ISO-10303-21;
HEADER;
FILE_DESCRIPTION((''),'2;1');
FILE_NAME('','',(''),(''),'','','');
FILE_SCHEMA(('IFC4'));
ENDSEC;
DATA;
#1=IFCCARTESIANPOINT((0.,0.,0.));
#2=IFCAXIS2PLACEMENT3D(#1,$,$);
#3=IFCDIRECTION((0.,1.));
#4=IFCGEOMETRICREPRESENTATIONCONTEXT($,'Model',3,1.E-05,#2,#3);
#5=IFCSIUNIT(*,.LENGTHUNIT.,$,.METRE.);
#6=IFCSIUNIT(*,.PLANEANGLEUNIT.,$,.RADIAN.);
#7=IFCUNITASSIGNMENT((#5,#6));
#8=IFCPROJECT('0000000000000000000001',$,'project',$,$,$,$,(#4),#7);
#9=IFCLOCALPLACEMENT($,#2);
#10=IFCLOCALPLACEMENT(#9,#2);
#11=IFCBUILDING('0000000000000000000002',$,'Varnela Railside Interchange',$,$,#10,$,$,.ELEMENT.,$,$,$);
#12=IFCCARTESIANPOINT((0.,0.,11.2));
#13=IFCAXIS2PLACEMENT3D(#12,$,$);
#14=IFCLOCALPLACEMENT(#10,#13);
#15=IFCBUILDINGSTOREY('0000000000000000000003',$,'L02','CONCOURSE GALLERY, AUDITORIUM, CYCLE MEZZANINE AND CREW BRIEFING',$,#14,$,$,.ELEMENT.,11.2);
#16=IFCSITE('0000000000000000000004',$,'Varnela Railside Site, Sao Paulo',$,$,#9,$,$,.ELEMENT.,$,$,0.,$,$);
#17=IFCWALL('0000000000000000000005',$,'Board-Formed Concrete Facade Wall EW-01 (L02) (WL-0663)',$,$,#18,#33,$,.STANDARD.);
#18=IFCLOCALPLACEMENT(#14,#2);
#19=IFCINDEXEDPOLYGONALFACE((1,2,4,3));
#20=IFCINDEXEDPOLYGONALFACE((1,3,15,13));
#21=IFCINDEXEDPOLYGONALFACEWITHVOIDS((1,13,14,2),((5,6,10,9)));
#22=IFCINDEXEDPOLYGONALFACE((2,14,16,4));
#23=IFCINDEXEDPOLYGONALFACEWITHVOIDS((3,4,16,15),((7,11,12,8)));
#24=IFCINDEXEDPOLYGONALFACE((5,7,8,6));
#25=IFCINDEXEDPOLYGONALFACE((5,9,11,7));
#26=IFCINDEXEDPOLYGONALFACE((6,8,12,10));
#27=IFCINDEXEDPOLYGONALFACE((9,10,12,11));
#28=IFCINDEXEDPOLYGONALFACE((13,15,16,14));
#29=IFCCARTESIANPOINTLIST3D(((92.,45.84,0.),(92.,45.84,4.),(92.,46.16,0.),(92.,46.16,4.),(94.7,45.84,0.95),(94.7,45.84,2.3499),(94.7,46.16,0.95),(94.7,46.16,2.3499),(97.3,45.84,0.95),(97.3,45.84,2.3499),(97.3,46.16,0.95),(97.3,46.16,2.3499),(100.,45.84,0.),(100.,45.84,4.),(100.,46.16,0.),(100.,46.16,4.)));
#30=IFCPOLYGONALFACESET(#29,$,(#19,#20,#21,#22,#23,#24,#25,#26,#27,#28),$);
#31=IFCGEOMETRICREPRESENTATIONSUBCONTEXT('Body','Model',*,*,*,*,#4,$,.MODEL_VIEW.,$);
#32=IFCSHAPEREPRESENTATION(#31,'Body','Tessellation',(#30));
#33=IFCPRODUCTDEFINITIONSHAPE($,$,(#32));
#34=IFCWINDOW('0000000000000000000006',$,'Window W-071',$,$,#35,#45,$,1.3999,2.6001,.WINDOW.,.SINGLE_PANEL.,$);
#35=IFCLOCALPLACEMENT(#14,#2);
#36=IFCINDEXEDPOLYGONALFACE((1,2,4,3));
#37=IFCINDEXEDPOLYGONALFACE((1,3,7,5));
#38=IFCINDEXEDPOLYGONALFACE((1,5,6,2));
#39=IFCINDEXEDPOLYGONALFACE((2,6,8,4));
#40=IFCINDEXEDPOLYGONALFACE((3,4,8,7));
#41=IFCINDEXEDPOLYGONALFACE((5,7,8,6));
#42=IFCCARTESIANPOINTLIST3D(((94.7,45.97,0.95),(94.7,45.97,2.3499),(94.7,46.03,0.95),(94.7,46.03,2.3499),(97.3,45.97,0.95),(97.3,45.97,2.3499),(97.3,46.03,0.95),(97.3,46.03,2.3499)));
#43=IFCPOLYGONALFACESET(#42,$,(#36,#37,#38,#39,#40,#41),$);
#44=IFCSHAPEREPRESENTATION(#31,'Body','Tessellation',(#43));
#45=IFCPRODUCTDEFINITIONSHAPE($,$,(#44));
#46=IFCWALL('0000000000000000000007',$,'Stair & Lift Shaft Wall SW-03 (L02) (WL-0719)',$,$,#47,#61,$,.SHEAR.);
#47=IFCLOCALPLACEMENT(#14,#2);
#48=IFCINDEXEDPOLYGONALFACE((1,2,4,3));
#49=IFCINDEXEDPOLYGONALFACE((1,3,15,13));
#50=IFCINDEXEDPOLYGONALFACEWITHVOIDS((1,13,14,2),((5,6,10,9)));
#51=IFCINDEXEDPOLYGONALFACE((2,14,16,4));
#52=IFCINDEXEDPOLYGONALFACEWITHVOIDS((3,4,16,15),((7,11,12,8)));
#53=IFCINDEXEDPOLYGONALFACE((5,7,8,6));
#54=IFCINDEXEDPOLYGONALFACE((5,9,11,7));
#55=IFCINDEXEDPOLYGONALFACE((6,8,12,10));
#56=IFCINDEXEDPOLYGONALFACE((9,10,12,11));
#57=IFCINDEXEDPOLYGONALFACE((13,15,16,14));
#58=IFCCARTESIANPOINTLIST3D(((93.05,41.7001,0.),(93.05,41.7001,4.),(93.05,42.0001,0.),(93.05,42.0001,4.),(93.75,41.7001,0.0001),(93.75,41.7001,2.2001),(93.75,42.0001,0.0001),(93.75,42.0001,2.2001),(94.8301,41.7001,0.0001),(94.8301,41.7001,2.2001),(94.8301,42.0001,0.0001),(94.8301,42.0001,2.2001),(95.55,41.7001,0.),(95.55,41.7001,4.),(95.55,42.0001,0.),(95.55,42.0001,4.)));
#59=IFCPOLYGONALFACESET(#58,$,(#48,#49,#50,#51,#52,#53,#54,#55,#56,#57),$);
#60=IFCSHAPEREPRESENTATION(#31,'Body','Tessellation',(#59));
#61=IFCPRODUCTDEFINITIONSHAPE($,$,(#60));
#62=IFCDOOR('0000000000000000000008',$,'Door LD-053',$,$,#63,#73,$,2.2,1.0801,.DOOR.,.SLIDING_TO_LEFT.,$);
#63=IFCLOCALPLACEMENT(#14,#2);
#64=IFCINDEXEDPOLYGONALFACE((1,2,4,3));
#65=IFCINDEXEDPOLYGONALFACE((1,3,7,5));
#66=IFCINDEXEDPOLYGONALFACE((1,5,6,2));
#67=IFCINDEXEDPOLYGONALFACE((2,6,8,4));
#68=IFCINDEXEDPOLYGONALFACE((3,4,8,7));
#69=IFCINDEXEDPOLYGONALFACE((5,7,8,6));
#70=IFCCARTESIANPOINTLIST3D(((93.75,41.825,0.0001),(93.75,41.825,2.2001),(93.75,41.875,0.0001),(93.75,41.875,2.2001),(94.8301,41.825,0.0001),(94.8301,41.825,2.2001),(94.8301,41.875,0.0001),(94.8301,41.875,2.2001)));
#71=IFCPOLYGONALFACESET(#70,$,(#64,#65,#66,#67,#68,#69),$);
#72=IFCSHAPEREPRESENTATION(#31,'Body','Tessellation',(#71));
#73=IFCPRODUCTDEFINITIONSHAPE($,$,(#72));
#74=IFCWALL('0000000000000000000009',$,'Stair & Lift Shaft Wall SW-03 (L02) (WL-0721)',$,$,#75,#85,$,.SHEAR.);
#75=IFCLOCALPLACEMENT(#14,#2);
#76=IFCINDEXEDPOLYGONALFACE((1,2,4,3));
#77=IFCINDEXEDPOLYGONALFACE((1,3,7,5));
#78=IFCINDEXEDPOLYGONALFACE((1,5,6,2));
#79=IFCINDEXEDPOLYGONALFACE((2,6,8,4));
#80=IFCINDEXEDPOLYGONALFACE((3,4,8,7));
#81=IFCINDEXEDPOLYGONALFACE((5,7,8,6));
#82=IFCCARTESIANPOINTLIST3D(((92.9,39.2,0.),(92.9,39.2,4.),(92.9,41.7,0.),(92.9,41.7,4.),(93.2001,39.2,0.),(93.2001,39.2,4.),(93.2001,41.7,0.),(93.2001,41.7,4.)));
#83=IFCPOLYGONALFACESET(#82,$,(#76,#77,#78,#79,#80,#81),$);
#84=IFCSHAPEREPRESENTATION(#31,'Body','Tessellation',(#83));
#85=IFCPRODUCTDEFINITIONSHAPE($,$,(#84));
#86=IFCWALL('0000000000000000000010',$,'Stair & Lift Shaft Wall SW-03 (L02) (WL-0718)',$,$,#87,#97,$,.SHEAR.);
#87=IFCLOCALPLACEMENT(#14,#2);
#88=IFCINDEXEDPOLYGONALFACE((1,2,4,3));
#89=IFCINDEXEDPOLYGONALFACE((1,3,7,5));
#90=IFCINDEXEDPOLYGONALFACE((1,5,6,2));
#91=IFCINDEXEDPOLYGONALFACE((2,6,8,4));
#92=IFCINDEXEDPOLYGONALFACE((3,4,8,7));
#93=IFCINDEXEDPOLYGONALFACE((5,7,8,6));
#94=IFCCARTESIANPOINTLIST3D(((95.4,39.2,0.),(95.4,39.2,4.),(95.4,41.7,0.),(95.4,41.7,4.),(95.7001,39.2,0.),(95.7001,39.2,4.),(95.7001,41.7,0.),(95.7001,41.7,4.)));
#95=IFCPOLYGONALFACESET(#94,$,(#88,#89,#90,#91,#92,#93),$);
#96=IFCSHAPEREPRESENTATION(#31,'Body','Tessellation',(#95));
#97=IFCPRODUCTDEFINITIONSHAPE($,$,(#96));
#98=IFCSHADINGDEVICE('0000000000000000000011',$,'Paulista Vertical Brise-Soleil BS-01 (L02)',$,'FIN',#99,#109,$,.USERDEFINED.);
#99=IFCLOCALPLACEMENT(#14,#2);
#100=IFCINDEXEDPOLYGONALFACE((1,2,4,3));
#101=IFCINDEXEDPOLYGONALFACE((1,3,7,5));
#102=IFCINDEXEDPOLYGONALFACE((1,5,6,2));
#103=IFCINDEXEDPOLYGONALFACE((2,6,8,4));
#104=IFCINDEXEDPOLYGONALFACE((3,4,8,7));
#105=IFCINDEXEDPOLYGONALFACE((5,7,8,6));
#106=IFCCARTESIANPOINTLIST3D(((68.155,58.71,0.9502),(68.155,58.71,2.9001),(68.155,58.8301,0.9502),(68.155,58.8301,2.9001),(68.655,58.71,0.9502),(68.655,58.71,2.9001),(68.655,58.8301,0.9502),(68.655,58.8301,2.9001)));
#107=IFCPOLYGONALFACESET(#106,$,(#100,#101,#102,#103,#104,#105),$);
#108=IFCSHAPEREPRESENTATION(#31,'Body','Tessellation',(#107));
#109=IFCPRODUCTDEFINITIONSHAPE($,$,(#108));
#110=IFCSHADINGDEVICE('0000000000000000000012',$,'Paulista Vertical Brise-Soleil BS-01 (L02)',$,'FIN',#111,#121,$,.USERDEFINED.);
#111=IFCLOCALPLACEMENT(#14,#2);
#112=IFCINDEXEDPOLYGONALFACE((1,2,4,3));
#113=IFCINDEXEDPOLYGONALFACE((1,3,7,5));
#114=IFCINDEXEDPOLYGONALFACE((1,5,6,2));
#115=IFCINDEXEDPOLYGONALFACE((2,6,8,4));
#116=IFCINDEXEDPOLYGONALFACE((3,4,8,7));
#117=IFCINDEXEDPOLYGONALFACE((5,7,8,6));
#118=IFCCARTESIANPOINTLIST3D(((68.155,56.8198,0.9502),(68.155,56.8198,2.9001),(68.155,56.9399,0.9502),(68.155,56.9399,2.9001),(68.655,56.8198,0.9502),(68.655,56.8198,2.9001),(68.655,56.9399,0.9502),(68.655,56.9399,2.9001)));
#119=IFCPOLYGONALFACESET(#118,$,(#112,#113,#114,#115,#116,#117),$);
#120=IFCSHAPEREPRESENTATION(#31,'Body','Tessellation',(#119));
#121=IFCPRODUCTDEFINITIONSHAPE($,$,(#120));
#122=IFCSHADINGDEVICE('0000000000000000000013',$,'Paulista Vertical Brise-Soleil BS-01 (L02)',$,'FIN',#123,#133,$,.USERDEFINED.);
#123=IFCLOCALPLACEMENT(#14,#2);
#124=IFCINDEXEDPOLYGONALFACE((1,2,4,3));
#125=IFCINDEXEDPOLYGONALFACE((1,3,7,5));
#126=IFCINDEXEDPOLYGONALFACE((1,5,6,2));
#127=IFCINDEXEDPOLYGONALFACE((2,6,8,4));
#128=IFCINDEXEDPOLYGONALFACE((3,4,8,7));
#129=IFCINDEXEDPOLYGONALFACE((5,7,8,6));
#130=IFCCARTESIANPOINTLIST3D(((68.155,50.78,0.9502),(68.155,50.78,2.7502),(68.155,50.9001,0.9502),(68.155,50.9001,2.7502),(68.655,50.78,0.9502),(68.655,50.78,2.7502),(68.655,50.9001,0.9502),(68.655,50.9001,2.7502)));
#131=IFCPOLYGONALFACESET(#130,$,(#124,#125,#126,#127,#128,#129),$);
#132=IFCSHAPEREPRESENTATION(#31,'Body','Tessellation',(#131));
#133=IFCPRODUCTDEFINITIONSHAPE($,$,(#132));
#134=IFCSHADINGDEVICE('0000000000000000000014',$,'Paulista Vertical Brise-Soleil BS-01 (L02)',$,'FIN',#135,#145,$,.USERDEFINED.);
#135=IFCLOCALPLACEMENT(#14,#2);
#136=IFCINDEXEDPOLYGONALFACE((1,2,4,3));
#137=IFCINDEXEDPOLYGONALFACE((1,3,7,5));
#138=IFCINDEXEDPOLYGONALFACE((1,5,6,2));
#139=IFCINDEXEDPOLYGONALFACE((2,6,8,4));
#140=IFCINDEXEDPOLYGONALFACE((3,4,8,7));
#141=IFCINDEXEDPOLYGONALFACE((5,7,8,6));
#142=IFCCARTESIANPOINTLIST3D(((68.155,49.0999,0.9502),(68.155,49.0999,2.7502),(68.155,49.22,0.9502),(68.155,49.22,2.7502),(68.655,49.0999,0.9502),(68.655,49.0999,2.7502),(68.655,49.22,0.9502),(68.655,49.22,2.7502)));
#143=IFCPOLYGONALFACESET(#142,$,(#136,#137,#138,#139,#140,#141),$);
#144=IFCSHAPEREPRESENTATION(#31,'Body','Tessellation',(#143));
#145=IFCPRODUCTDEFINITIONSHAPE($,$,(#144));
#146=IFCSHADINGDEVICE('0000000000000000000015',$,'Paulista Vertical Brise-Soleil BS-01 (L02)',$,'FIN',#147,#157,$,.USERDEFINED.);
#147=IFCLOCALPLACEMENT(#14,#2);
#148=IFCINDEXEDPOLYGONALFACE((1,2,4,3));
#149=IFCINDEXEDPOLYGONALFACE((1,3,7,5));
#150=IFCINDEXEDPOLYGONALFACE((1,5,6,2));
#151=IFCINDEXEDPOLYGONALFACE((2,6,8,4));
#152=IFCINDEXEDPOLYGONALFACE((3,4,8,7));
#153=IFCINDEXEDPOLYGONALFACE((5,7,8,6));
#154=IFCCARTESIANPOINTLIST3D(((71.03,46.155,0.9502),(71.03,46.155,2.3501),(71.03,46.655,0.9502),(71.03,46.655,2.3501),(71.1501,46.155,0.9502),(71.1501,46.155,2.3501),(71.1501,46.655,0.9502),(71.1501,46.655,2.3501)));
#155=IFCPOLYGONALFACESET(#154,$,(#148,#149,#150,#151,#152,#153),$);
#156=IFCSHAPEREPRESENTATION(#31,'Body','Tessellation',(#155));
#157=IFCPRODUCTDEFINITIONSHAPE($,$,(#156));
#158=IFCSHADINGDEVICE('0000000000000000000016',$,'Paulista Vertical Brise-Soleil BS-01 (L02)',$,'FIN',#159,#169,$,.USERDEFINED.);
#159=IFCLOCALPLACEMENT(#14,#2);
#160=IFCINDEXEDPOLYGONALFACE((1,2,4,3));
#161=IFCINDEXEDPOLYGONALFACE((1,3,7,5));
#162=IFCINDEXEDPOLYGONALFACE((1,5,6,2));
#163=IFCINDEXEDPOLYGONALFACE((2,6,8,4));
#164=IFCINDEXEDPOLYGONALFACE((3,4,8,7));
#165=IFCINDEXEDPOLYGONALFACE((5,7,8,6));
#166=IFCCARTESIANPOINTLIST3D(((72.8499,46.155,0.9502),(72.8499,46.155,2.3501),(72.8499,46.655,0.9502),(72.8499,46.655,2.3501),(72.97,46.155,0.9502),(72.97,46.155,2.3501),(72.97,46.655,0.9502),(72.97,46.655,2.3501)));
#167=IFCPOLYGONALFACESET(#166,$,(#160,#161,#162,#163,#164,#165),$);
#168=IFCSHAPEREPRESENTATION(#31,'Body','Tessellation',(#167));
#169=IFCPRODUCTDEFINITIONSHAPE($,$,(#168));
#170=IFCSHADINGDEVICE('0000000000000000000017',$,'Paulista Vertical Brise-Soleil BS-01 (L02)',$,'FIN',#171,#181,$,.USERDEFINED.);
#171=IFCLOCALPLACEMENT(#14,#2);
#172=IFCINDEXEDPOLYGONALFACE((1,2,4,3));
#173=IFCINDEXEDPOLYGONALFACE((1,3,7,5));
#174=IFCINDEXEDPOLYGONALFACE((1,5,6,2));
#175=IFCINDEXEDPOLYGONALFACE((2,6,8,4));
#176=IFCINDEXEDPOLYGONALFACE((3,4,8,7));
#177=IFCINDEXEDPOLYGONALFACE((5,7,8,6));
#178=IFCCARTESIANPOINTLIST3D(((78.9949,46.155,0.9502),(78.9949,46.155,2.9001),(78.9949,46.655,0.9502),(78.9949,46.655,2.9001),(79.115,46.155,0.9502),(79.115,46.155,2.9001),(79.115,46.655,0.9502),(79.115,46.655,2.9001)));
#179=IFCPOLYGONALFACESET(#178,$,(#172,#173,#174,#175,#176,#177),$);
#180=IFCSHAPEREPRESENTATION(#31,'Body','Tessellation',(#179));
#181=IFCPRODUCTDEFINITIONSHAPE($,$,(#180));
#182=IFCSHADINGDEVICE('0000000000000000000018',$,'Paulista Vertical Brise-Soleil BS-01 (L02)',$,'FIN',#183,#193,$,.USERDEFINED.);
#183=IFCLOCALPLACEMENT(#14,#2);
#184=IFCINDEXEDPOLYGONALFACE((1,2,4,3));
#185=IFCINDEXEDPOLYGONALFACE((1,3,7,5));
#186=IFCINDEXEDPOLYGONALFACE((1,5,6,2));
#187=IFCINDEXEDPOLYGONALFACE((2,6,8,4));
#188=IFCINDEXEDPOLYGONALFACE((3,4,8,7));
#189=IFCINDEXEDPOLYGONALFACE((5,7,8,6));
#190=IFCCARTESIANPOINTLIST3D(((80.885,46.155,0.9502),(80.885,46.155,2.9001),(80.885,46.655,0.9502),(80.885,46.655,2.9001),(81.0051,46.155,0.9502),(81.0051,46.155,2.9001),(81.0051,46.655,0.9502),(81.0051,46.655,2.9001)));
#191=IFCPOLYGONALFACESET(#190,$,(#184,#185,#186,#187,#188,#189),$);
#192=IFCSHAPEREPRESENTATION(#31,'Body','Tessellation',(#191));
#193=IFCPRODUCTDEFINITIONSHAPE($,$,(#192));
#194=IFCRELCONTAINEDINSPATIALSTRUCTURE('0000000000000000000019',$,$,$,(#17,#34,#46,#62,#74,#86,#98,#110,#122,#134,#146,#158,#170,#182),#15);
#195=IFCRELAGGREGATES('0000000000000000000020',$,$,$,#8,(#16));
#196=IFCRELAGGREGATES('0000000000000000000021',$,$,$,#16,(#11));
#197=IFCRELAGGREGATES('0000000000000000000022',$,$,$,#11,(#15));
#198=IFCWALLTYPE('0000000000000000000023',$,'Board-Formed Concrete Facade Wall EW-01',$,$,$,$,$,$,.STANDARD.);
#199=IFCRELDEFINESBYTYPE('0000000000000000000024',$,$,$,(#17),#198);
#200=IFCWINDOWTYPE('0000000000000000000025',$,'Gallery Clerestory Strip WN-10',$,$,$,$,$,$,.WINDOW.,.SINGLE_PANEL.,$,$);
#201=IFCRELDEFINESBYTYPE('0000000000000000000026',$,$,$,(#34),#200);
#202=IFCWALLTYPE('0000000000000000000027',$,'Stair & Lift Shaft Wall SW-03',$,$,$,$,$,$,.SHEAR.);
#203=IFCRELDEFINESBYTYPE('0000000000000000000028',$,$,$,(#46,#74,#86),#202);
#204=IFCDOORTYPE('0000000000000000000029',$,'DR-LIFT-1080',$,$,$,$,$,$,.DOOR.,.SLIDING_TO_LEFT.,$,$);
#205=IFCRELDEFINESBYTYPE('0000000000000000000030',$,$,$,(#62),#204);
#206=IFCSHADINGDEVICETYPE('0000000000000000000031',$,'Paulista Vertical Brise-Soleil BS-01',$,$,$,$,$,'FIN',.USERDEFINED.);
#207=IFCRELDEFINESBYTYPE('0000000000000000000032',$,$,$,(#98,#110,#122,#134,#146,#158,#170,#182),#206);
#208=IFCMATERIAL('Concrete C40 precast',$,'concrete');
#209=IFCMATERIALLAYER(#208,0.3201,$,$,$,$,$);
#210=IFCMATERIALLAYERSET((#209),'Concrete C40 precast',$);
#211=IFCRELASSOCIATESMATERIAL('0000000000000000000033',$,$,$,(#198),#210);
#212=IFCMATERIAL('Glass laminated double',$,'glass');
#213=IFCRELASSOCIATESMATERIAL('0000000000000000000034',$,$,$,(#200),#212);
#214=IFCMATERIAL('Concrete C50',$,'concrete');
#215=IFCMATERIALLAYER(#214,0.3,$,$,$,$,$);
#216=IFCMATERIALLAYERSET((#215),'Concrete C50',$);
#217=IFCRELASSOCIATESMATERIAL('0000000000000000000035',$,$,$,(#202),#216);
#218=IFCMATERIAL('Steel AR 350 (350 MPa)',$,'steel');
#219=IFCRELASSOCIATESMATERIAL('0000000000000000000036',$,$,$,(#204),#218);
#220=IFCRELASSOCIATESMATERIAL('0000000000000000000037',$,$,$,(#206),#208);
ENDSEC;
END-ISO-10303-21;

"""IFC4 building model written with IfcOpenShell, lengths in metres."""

from ifc_helpers import new_model, si_unit, direction, frame, frame_2d, origin, origin_2d, place, context, subcontext, project, spatial, rectangle, extrude, material, layer, layer_set, type_object, element, fill, save


model = new_model("IFC4")

# Units and contexts
model_context = context("Model", 3, precision=1e-05, world=origin(), true_north=direction((0.0, 1.0)))
body_context = subcontext(model_context, "Body", "Model", "MODEL_VIEW")
ifc_project = project(units=[si_unit("LENGTHUNIT", "METRE"), si_unit("PLANEANGLEUNIT", "RADIAN")], contexts=[model_context])

# Site, building, storey
site_placement = place(None, origin())
site = spatial("IfcSite", under=ifc_project, at=site_placement, Name="Varnela Railside Site, Sao Paulo", CompositionType="ELEMENT", RefElevation=0.0)
building_placement = place(site_placement, origin())
building = spatial("IfcBuilding", under=site, at=building_placement, Name="Varnela Railside Interchange", CompositionType="ELEMENT")
storey_placement = place(building_placement, frame((0.0, 0.0, 11.2)))
storey = spatial("IfcBuildingStorey", under=building, at=storey_placement, Name="L02", Description="CONCOURSE GALLERY, AUDITORIUM, CYCLE MEZZANINE AND CREW BRIEFING", CompositionType="ELEMENT", Elevation=11.2)

# Shared definitions
ifc_material_1 = material(Name="Concrete C50", Category="concrete")

# Wall, opening, window
ifc_material_2 = material(Name="Concrete C40 precast", Category="concrete")
ifc_layer_1 = layer(ifc_material_2, 0.3201)
ifc_layer_set_1 = layer_set([ifc_layer_1], Name="Concrete C40 precast")
wall_type_1 = type_object("IfcWallType", Name="Board-Formed Concrete Facade Wall EW-01", PredefinedType="STANDARD", material=ifc_layer_set_1)
ifc_material_3 = material(Name="Glass laminated double", Category="glass")
window_type_1 = type_object("IfcWindowType", Name="Gallery Clerestory Strip WN-10", PartitioningType="SINGLE_PANEL", PredefinedType="WINDOW", material=ifc_material_3)
wall_1_placement = place(storey_placement, frame((92.0, 46.0, 0.0), z_axis=(0.0, 0.0, 1.0), x_axis=(1.0, 0.0, 0.0)))
wall_1 = element("IfcWall", 1, at=wall_1_placement, inside=storey, type_object=wall_type_1, Name="Board-Formed Concrete Facade Wall EW-01 (L02) (WL-0663)", PredefinedType="STANDARD", context=body_context, shape_type="SweptSolid", body=[
    extrude(rectangle(XDim=8.0, YDim=0.3201, at=frame_2d((4.0, 0.0))), origin(), (0.0, 0.0, 1.0), 4.0),
])
opening_1_placement = place(wall_1_placement, frame((2.7, 0.0, 0.95)))
opening_1 = element("IfcOpeningElement", 2, at=opening_1_placement, cuts=wall_1, PredefinedType="OPENING", context=body_context, shape_type="SweptSolid", body=[
    extrude(rectangle(XDim=2.6001, YDim=1.3999, at=frame_2d((1.3, 0.7))), frame((0.0, 0.1699, 0.0), z_axis=(0.0, -1.0, 0.0), x_axis=(1.0, 0.0, 0.0)), (0.0, 0.0, 1.0), 0.3401),
])
window_1_placement = place(opening_1_placement, origin())
window_1 = element("IfcWindow", 3, at=window_1_placement, inside=storey, type_object=window_type_1, Name="Window W-071", OverallHeight=1.3999, OverallWidth=2.6001, PartitioningType="SINGLE_PANEL", PredefinedType="WINDOW", context=body_context, shape_type="SweptSolid", body=[
    extrude(rectangle(XDim=2.6001, YDim=1.3999, at=frame_2d((1.3, 0.7))), frame((0.0, 0.03, 0.0), z_axis=(0.0, -1.0, 0.0), x_axis=(1.0, 0.0, 0.0)), (0.0, 0.0, 1.0), 0.0601),
])
fill(opening_1, window_1)

# Wall, opening, door
ifc_layer_2 = layer(ifc_material_1, 0.3)
ifc_layer_set_2 = layer_set([ifc_layer_2], Name="Concrete C50")
wall_type_2 = type_object("IfcWallType", Name="Stair & Lift Shaft Wall SW-03", PredefinedType="SHEAR", material=ifc_layer_set_2)
wall_2_placement = place(storey_placement, frame((93.05, 41.8501, 0.0), z_axis=(0.0, 0.0, 1.0), x_axis=(1.0, 0.0, 0.0)))
wall_2 = element("IfcWall", 4, at=wall_2_placement, inside=storey, type_object=wall_type_2, Name="Stair & Lift Shaft Wall SW-03 (L02) (WL-0719)", PredefinedType="SHEAR", context=body_context, shape_type="SweptSolid", body=[
    extrude(rectangle(XDim=2.5, YDim=0.3, at=frame_2d((1.25, 0.0))), origin(), (0.0, 0.0, 1.0), 4.0),
])
opening_2_placement = place(wall_2_placement, frame((0.7, 0.0, 0.0)))
opening_2 = element("IfcOpeningElement", 5, at=opening_2_placement, cuts=wall_2, PredefinedType="OPENING", context=body_context, shape_type="SweptSolid", body=[
    extrude(rectangle(XDim=1.0801, YDim=2.2, at=frame_2d((0.54, 1.1001))), frame((0.0, 0.1599, 0.0), z_axis=(0.0, -1.0, 0.0), x_axis=(1.0, 0.0, 0.0)), (0.0, 0.0, 1.0), 0.3201),
])
ifc_material_4 = material(Name="Steel AR 350 (350 MPa)", Category="steel")
door_type = type_object("IfcDoorType", Name="DR-LIFT-1080", OperationType="SLIDING_TO_LEFT", PredefinedType="DOOR", material=ifc_material_4)
door_placement = place(opening_2_placement, origin())
door = element("IfcDoor", 6, at=door_placement, inside=storey, type_object=door_type, Name="Door LD-053", OperationType="SLIDING_TO_LEFT", OverallHeight=2.2, OverallWidth=1.0801, PredefinedType="DOOR", context=body_context, shape_type="SweptSolid", body=[
    extrude(rectangle(XDim=1.0801, YDim=2.2, at=frame_2d((0.54, 1.1001))), frame((0.0, 0.0249, 0.0), z_axis=(0.0, -1.0, 0.0), x_axis=(1.0, 0.0, 0.0)), (0.0, 0.0, 1.0), 0.05),
])
fill(opening_2, door)

# Walls
for number, where, z_axis, x_axis, name in (
    (7, (93.05, 39.2, 0.0), (0.0, 0.0, 1.0), (0.0, 1.0, 0.0), "Stair & Lift Shaft Wall SW-03 (L02) (WL-0721)"),
    (8, (95.55, 39.2, 0.0), (0.0, 0.0, 1.0), (0.0, 1.0, 0.0), "Stair & Lift Shaft Wall SW-03 (L02) (WL-0718)"),
):
    element("IfcWall", number, at=place(storey_placement, frame(where, z_axis=z_axis, x_axis=x_axis)), inside=storey, type_object=wall_type_2, Name=name, PredefinedType="SHEAR", context=body_context, shape_type="SweptSolid", body=[
        extrude(rectangle(XDim=2.5, YDim=0.3, at=frame_2d((1.25, 0.0))), origin(), (0.0, 0.0, 1.0), 4.0),
    ])

# Shading devices
shading_device_type = type_object("IfcShadingDeviceType", Name="Paulista Vertical Brise-Soleil BS-01", ElementType="FIN", PredefinedType="USERDEFINED", material=ifc_material_2)
for number, where, z_axis, x_axis, name in (
    (9, (68.405, 58.77, 0.9502), (0.0, 0.0, 1.0), (1.0, 0.0, 0.0), "Paulista Vertical Brise-Soleil BS-01 (L02)"),
    (10, (68.405, 56.8799, 0.9502), (0.0, 0.0, 1.0), (1.0, 0.0, 0.0), "Paulista Vertical Brise-Soleil BS-01 (L02)"),
):
    element("IfcShadingDevice", number, at=place(storey_placement, frame(where, z_axis=z_axis, x_axis=x_axis)), inside=storey, type_object=shading_device_type, Name=name, ObjectType="FIN", PredefinedType="USERDEFINED", context=body_context, shape_type="SweptSolid", body=[
        extrude(rectangle(XDim=0.5, YDim=0.1201, at=origin_2d()), origin(), (0.0, 0.0, 1.0), 1.95),
    ])
for number, where, z_axis, x_axis, name in (
    (11, (68.405, 50.8401, 0.9502), (0.0, 0.0, 1.0), (1.0, 0.0, 0.0), "Paulista Vertical Brise-Soleil BS-01 (L02)"),
    (12, (68.405, 49.1599, 0.9502), (0.0, 0.0, 1.0), (1.0, 0.0, 0.0), "Paulista Vertical Brise-Soleil BS-01 (L02)"),
):
    element("IfcShadingDevice", number, at=place(storey_placement, frame(where, z_axis=z_axis, x_axis=x_axis)), inside=storey, type_object=shading_device_type, Name=name, ObjectType="FIN", PredefinedType="USERDEFINED", context=body_context, shape_type="SweptSolid", body=[
        extrude(rectangle(XDim=0.5, YDim=0.1201, at=origin_2d()), origin(), (0.0, 0.0, 1.0), 1.8),
    ])
for number, where, z_axis, x_axis, name in (
    (13, (71.0901, 46.405, 0.9502), (0.0, 0.0, 1.0), (0.0, 1.0, 0.0), "Paulista Vertical Brise-Soleil BS-01 (L02)"),
    (14, (72.9099, 46.405, 0.9502), (0.0, 0.0, 1.0), (0.0, 1.0, 0.0), "Paulista Vertical Brise-Soleil BS-01 (L02)"),
):
    element("IfcShadingDevice", number, at=place(storey_placement, frame(where, z_axis=z_axis, x_axis=x_axis)), inside=storey, type_object=shading_device_type, Name=name, ObjectType="FIN", PredefinedType="USERDEFINED", context=body_context, shape_type="SweptSolid", body=[
        extrude(rectangle(XDim=0.5, YDim=0.1201, at=origin_2d()), origin(), (0.0, 0.0, 1.0), 1.3999),
    ])
for number, where, z_axis, x_axis, name in (
    (15, (79.0549, 46.405, 0.9502), (0.0, 0.0, 1.0), (0.0, 1.0, 0.0), "Paulista Vertical Brise-Soleil BS-01 (L02)"),
    (16, (80.9451, 46.405, 0.9502), (0.0, 0.0, 1.0), (0.0, 1.0, 0.0), "Paulista Vertical Brise-Soleil BS-01 (L02)"),
):
    element("IfcShadingDevice", number, at=place(storey_placement, frame(where, z_axis=z_axis, x_axis=x_axis)), inside=storey, type_object=shading_device_type, Name=name, ObjectType="FIN", PredefinedType="USERDEFINED", context=body_context, shape_type="SweptSolid", body=[
        extrude(rectangle(XDim=0.5, YDim=0.1201, at=origin_2d()), origin(), (0.0, 0.0, 1.0), 1.95),
    ])

save(model, "model.ifc")
